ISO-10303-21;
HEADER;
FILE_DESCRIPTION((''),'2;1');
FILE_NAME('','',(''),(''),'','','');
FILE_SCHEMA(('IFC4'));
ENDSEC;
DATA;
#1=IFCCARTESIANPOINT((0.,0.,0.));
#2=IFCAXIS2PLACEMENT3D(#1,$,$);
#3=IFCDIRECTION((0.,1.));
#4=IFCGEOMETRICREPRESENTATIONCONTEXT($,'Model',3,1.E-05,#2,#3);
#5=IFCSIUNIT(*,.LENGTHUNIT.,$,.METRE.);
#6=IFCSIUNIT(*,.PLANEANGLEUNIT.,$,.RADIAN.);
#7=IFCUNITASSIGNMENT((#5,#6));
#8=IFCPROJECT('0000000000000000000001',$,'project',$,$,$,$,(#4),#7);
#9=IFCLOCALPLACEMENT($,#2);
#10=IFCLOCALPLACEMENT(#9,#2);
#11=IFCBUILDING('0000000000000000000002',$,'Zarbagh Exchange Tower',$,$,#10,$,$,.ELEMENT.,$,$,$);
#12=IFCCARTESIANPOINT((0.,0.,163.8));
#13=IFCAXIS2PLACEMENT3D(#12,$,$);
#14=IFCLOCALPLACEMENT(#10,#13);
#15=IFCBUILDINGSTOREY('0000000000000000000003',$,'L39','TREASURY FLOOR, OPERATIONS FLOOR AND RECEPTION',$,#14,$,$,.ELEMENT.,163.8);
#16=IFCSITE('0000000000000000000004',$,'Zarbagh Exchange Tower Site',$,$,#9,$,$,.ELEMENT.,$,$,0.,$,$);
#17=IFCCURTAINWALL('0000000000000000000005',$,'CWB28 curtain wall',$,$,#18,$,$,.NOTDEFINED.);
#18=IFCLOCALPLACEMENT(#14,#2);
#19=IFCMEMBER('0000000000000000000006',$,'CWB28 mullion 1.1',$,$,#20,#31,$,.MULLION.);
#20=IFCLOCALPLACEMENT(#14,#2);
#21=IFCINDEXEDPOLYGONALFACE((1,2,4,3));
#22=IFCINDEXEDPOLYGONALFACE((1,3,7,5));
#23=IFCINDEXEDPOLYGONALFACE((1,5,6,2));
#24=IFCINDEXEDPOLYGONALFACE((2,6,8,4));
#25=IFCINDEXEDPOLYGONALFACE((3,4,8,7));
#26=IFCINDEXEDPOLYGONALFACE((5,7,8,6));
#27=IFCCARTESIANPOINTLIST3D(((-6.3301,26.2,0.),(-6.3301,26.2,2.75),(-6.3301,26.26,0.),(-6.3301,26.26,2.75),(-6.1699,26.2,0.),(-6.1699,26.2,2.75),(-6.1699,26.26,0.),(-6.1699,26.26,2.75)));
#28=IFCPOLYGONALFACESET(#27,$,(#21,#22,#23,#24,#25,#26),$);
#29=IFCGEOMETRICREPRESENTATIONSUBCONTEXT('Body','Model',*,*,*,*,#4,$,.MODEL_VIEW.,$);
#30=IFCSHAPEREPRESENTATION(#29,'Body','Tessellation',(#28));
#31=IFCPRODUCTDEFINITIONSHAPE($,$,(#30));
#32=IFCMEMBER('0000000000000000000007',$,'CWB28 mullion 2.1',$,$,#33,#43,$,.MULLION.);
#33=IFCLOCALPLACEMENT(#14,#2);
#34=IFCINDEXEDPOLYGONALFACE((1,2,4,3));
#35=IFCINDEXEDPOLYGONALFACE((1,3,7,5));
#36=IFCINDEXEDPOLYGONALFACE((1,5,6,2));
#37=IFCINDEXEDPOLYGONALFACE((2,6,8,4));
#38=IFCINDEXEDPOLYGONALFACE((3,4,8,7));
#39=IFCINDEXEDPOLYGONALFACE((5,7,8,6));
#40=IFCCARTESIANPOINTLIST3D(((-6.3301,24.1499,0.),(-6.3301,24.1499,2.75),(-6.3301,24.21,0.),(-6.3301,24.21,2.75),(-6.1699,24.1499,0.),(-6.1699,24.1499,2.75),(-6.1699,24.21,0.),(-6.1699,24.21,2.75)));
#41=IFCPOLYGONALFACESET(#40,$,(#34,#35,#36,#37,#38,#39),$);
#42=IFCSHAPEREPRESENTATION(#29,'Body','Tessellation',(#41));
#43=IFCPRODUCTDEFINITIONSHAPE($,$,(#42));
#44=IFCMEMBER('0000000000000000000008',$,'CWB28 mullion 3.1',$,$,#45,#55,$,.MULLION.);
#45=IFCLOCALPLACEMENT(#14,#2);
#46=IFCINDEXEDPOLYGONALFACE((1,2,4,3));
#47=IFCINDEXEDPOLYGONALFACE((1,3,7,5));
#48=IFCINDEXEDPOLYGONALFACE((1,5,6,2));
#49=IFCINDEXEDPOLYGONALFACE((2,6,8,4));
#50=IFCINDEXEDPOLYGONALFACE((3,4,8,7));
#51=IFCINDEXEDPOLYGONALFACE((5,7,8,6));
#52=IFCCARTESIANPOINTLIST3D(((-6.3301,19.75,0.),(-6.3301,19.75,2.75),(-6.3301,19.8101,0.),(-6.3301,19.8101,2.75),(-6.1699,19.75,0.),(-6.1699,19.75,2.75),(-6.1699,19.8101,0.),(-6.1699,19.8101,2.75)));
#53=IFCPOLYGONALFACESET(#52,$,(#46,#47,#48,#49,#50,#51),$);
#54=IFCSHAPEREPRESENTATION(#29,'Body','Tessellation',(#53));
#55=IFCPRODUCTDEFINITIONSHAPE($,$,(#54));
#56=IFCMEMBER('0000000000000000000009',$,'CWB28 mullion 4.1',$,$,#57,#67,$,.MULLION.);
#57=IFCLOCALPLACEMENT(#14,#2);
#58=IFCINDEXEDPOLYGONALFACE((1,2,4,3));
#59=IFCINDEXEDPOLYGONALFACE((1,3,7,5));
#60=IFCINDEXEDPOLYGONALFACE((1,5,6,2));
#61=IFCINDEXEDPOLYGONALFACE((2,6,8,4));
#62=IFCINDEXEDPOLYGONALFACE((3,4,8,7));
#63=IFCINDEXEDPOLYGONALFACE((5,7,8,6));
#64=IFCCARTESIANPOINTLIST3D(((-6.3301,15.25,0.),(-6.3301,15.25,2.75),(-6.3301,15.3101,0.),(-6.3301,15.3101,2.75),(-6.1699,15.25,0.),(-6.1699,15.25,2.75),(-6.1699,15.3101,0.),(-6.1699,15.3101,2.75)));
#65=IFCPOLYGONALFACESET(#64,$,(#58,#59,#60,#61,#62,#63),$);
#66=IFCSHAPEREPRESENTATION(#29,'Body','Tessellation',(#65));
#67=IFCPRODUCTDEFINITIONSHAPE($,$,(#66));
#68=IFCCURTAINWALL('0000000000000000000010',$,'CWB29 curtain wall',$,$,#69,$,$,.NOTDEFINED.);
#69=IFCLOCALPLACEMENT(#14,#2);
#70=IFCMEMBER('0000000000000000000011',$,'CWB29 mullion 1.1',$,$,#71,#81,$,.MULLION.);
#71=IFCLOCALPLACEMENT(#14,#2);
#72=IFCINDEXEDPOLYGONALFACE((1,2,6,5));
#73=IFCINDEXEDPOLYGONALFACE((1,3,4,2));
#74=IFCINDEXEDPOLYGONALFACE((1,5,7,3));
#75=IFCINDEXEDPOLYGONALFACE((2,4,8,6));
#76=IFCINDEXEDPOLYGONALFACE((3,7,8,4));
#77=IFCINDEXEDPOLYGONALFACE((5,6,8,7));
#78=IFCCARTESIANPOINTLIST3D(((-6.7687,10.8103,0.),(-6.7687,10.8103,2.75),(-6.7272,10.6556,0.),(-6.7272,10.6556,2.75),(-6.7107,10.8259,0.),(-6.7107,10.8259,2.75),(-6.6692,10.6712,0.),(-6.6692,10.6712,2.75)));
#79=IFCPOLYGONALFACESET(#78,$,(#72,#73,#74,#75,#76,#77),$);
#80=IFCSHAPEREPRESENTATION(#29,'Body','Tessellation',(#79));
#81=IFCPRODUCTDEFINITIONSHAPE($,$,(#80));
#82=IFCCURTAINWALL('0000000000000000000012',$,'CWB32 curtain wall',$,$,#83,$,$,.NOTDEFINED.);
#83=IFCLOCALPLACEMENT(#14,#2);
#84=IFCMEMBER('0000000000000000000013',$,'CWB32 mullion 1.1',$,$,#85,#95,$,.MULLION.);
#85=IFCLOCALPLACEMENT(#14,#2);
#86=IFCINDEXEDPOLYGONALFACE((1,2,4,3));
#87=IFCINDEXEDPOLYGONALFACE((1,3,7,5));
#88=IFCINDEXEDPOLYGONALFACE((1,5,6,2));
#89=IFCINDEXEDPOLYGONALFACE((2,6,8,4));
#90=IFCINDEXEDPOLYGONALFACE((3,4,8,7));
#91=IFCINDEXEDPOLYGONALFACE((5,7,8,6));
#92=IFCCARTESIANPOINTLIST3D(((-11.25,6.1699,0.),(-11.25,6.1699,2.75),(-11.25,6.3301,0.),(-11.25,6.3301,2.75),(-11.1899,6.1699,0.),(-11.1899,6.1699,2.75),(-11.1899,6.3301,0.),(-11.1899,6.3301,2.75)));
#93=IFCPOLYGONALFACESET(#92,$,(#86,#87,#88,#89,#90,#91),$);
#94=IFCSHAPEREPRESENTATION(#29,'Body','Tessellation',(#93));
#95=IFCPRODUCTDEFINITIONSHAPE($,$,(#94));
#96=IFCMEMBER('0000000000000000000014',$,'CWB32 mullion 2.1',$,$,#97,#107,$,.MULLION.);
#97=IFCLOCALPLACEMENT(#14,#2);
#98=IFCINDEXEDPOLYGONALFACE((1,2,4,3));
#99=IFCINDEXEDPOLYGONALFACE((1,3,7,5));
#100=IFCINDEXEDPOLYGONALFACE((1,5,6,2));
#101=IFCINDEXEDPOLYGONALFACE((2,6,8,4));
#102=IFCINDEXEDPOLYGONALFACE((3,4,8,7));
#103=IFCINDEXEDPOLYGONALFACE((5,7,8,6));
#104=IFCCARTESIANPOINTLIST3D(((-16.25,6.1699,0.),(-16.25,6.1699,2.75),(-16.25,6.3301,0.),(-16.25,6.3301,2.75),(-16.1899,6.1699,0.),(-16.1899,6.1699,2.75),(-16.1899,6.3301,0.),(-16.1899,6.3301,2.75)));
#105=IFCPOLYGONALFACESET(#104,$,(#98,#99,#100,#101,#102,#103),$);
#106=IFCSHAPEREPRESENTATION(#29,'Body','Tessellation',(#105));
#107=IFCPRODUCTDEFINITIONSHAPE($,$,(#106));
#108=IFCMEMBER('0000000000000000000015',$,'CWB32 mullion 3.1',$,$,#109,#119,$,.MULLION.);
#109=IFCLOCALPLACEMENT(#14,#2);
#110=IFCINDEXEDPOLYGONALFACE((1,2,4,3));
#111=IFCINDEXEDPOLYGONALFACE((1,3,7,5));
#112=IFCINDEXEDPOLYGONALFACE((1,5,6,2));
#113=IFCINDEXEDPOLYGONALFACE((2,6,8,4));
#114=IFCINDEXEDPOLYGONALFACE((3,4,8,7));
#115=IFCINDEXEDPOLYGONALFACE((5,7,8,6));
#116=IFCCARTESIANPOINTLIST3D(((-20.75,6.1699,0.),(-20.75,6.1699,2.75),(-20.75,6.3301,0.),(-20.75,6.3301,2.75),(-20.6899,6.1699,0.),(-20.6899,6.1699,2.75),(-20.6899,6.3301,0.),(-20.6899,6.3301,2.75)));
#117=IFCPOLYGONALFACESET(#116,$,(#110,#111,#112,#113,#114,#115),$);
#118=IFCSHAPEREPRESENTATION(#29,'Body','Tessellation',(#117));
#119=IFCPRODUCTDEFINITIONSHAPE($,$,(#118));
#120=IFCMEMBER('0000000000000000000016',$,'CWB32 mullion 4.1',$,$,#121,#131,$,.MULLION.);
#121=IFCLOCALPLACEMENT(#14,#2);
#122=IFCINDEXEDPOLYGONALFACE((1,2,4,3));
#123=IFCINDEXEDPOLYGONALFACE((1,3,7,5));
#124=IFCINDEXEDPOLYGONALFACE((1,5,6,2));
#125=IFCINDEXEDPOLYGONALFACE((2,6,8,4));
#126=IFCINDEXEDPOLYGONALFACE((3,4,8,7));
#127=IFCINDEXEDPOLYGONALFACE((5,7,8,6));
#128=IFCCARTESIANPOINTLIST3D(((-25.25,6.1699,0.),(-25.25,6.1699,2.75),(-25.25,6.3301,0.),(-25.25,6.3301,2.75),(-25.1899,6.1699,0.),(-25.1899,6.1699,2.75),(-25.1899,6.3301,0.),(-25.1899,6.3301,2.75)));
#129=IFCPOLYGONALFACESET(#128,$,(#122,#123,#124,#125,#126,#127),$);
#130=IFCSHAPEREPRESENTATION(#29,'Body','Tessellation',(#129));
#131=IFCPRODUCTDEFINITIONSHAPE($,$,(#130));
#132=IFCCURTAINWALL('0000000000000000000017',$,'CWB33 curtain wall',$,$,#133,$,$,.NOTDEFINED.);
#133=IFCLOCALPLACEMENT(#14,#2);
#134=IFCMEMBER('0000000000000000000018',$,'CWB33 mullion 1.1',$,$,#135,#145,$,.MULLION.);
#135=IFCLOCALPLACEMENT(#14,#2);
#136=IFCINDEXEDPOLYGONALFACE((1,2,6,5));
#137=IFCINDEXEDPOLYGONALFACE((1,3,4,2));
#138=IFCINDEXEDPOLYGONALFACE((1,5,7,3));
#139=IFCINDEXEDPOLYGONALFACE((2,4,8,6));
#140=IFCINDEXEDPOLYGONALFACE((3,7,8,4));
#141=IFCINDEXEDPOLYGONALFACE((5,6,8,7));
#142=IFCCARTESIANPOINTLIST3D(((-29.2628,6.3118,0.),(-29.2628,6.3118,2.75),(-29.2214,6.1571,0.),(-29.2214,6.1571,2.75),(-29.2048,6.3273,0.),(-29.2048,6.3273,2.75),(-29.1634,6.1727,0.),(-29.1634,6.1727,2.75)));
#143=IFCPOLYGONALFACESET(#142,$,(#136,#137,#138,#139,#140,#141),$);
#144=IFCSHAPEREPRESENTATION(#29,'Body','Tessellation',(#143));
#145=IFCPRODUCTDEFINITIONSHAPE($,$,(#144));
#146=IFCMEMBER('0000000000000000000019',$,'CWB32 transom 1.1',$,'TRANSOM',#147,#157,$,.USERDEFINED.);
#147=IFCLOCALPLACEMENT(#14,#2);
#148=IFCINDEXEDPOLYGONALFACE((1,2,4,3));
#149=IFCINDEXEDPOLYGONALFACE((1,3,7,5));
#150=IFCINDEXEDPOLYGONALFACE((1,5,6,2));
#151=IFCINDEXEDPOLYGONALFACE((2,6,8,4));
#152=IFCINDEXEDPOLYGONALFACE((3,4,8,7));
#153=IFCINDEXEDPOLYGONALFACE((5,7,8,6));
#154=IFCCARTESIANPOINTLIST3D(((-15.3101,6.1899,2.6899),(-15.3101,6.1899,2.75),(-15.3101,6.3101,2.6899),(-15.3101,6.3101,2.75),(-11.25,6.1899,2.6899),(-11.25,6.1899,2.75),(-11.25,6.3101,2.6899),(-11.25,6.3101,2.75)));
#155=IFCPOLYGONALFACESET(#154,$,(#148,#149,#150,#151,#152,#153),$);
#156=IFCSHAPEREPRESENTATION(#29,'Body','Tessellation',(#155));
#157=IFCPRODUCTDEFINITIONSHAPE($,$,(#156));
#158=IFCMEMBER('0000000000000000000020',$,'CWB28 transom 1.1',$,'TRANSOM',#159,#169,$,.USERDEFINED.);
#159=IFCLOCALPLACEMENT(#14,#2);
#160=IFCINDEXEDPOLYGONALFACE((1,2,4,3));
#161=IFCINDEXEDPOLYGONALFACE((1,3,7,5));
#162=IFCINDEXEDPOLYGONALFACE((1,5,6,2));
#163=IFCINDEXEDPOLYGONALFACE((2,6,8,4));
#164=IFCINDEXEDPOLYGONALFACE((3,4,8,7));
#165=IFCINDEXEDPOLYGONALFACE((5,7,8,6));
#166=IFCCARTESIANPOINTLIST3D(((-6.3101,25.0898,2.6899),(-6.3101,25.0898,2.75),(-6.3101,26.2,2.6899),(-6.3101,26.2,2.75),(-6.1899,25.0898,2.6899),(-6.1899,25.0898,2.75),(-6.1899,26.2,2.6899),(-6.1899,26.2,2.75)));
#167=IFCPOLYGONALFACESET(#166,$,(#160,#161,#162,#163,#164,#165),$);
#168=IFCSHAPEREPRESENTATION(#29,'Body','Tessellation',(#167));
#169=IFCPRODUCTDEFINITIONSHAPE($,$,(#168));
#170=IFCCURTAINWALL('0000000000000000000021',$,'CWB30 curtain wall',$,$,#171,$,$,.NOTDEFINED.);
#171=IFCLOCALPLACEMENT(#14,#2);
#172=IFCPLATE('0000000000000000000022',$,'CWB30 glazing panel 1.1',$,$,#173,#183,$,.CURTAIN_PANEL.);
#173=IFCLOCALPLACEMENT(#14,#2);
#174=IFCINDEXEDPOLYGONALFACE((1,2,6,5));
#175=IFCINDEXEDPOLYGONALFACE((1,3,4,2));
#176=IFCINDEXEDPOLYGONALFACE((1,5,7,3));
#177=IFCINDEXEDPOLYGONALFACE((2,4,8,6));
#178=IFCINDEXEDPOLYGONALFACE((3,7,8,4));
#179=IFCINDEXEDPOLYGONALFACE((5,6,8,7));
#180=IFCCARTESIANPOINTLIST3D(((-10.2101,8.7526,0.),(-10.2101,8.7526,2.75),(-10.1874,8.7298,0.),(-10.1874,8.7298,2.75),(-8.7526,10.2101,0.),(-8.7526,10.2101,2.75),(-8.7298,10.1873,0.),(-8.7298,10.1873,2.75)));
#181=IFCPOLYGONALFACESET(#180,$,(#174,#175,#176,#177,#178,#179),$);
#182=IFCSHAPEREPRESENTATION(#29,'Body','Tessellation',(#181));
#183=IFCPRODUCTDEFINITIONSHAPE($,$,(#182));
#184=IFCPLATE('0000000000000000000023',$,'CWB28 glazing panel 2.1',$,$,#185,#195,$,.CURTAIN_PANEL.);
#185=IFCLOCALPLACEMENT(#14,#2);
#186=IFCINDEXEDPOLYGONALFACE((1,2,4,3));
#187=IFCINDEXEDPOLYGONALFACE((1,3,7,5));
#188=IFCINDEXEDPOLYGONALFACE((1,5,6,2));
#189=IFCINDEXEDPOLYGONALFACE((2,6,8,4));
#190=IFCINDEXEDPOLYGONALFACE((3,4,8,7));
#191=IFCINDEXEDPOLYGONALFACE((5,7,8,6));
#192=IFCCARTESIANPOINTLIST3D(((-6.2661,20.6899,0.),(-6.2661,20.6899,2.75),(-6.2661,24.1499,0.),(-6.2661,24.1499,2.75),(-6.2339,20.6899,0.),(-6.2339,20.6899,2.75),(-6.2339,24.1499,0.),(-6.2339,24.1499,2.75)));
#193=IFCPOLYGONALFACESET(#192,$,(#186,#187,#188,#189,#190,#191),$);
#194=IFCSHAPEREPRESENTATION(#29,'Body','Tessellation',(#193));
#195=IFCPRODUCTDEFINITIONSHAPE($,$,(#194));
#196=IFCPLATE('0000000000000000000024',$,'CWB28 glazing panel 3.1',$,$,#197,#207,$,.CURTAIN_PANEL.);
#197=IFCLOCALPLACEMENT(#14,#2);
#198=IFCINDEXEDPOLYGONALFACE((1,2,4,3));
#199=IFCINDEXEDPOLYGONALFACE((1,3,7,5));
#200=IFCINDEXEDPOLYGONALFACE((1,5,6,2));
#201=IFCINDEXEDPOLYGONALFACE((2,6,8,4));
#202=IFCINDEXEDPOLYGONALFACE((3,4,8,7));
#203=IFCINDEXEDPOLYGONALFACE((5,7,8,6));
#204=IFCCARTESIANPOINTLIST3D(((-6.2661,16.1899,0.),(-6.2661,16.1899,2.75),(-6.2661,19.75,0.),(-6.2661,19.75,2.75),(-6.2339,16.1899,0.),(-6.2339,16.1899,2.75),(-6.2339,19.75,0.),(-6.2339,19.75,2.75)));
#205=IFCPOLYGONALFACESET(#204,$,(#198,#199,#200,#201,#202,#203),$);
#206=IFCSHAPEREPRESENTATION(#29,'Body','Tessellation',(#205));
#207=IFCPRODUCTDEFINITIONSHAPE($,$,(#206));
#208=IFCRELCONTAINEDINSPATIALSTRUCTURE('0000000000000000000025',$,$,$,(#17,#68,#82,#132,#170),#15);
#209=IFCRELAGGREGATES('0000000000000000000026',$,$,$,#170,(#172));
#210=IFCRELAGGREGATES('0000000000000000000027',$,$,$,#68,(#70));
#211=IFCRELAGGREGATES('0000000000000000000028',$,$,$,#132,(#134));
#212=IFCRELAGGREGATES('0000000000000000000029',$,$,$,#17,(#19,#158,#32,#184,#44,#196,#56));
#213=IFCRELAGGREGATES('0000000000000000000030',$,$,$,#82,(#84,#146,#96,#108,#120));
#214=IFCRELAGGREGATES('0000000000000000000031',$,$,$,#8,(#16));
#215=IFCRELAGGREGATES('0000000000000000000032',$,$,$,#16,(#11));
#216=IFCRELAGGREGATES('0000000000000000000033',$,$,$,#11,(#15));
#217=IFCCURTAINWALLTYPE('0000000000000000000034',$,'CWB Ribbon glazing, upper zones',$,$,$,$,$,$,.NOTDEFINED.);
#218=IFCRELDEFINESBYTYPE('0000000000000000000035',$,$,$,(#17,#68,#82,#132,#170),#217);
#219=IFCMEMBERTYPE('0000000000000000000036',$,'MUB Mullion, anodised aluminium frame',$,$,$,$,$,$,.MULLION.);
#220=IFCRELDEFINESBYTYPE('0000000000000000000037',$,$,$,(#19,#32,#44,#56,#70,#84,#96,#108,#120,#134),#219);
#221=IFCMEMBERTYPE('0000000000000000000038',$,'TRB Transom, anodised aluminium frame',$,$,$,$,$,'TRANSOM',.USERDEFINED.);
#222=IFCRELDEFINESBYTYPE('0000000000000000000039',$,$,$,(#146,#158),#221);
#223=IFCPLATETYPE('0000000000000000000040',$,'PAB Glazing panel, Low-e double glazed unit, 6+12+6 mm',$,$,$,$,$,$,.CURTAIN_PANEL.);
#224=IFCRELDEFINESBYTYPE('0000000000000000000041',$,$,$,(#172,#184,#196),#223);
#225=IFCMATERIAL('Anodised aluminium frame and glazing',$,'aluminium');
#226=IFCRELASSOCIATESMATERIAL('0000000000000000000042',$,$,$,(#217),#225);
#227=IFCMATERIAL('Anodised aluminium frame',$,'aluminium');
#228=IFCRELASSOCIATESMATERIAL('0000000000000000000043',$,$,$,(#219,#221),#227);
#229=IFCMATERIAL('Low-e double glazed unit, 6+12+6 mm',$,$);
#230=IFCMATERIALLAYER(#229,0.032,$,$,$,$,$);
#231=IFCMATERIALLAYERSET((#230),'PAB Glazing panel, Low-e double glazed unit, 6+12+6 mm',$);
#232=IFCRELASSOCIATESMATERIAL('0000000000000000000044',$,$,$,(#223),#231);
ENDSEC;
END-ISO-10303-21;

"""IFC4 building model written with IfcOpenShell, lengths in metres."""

from ifc_helpers import new_model, si_unit, direction, frame, origin, place, context, subcontext, project, spatial, polyline, outline, extrude, source, transform, mapped, material, layer, layer_set, type_object, element, aggregate, save


model = new_model("IFC4")

# Units and contexts
model_context = context("Model", 3, precision=1e-05, world=origin(), true_north=direction((0.0, 1.0)))
body_context = subcontext(model_context, "Body", "Model", "MODEL_VIEW")
ifc_project = project(units=[si_unit("LENGTHUNIT", "METRE"), si_unit("PLANEANGLEUNIT", "RADIAN")], contexts=[model_context])

# Site, building, storey
site_placement = place(None, origin())
site = spatial("IfcSite", under=ifc_project, at=site_placement, Name="Zarbagh Exchange Tower Site", CompositionType="ELEMENT", RefElevation=0.0)
building_placement = place(site_placement, origin())
building = spatial("IfcBuilding", under=site, at=building_placement, Name="Zarbagh Exchange Tower", CompositionType="ELEMENT")
storey_placement = place(building_placement, frame((0.0, 0.0, 163.8)))
storey = spatial("IfcBuildingStorey", under=building, at=storey_placement, Name="L39", Description="TREASURY FLOOR, OPERATIONS FLOOR AND RECEPTION", CompositionType="ELEMENT", Elevation=163.8)

# Curtain wall, members
ifc_material_1 = material(Name="Anodised aluminium frame and glazing", Category="aluminium")
curtain_wall_type = type_object("IfcCurtainWallType", Name="CWB Ribbon glazing, upper zones", PredefinedType="NOTDEFINED", material=ifc_material_1)
curtain_wall_1_placement = place(storey_placement, origin())
curtain_wall_1 = element("IfcCurtainWall", 1, at=curtain_wall_1_placement, inside=storey, type_object=curtain_wall_type, Name="CWB28 curtain wall", PredefinedType="NOTDEFINED")
ifc_material_2 = material(Name="Anodised aluminium frame", Category="aluminium")
member_type_1 = type_object("IfcMemberType", Name="MUB Mullion, anodised aluminium frame", PredefinedType="MULLION", material=ifc_material_2)
shared_shape_1 = source(origin(), body_context, "Body", "SweptSolid", [
    extrude(outline(polyline([(0.0, -0.0801), (0.0601, -0.0801), (0.0601, 0.0801), (0.0, 0.0801), (0.0, -0.0801)])), origin(), (0.0, 0.0, 1.0), 2.75),
])
placement = place(storey_placement, origin())
member_1 = element("IfcMember", 2, at=placement, type_object=member_type_1, Name="CWB28 mullion 1.1", PredefinedType="MULLION", context=body_context, shape_type="MappedRepresentation", body=[
    mapped(shared_shape_1, transform((-6.25, 26.26, 0.0), x_axis=(0.0, -1.0, 0.0), y_axis=(1.0, 0.0, 0.0), z_axis=(0.0, 0.0, 1.0))),
])
member_2 = element("IfcMember", 3, at=placement, type_object=member_type_1, Name="CWB28 mullion 2.1", PredefinedType="MULLION", context=body_context, shape_type="MappedRepresentation", body=[
    mapped(shared_shape_1, transform((-6.25, 24.21, 0.0), x_axis=(0.0, -1.0, 0.0), y_axis=(1.0, 0.0, 0.0), z_axis=(0.0, 0.0, 1.0))),
])
member_3 = element("IfcMember", 4, at=placement, type_object=member_type_1, Name="CWB28 mullion 3.1", PredefinedType="MULLION", context=body_context, shape_type="MappedRepresentation", body=[
    mapped(shared_shape_1, transform((-6.25, 19.8101, 0.0), x_axis=(0.0, -1.0, 0.0), y_axis=(1.0, 0.0, 0.0), z_axis=(0.0, 0.0, 1.0))),
])
member_4 = element("IfcMember", 5, at=placement, type_object=member_type_1, Name="CWB28 mullion 4.1", PredefinedType="MULLION", context=body_context, shape_type="MappedRepresentation", body=[
    mapped(shared_shape_1, transform((-6.25, 15.3101, 0.0), x_axis=(0.0, -1.0, 0.0), y_axis=(1.0, 0.0, 0.0), z_axis=(0.0, 0.0, 1.0))),
])

# Curtain wall, member
curtain_wall_2_placement = place(storey_placement, origin())
curtain_wall_2 = element("IfcCurtainWall", 6, at=curtain_wall_2_placement, inside=storey, type_object=curtain_wall_type, Name="CWB29 curtain wall", PredefinedType="NOTDEFINED")
member_5 = element("IfcMember", 7, at=placement, type_object=member_type_1, Name="CWB29 mullion 1.1", PredefinedType="MULLION", context=body_context, shape_type="MappedRepresentation", body=[
    mapped(shared_shape_1, transform((-6.6899, 10.7485, 0.0), x_axis=(-0.965924, -0.258825, 0.0), y_axis=(0.258825, -0.965924, 0.0), z_axis=(0.0, 0.0, 1.0))),
])

# Curtain wall, members
curtain_wall_3_placement = place(storey_placement, origin())
curtain_wall_3 = element("IfcCurtainWall", 8, at=curtain_wall_3_placement, inside=storey, type_object=curtain_wall_type, Name="CWB32 curtain wall", PredefinedType="NOTDEFINED")
member_6 = element("IfcMember", 9, at=placement, type_object=member_type_1, Name="CWB32 mullion 1.1", PredefinedType="MULLION", context=body_context, shape_type="MappedRepresentation", body=[
    mapped(shared_shape_1, transform((-11.1899, 6.25, 0.0), x_axis=(-1.0, 0.0, 0.0), y_axis=(0.0, -1.0, 0.0), z_axis=(0.0, 0.0, 1.0))),
])
member_7 = element("IfcMember", 10, at=placement, type_object=member_type_1, Name="CWB32 mullion 2.1", PredefinedType="MULLION", context=body_context, shape_type="MappedRepresentation", body=[
    mapped(shared_shape_1, transform((-16.1899, 6.25, 0.0), x_axis=(-1.0, 0.0, 0.0), y_axis=(0.0, -1.0, 0.0), z_axis=(0.0, 0.0, 1.0))),
])
member_8 = element("IfcMember", 11, at=placement, type_object=member_type_1, Name="CWB32 mullion 3.1", PredefinedType="MULLION", context=body_context, shape_type="MappedRepresentation", body=[
    mapped(shared_shape_1, transform((-20.6899, 6.25, 0.0), x_axis=(-1.0, 0.0, 0.0), y_axis=(0.0, -1.0, 0.0), z_axis=(0.0, 0.0, 1.0))),
])
member_9 = element("IfcMember", 12, at=placement, type_object=member_type_1, Name="CWB32 mullion 4.1", PredefinedType="MULLION", context=body_context, shape_type="MappedRepresentation", body=[
    mapped(shared_shape_1, transform((-25.1899, 6.25, 0.0), x_axis=(-1.0, 0.0, 0.0), y_axis=(0.0, -1.0, 0.0), z_axis=(0.0, 0.0, 1.0))),
])

# Curtain wall, member
curtain_wall_4_placement = place(storey_placement, origin())
curtain_wall_4 = element("IfcCurtainWall", 13, at=curtain_wall_4_placement, inside=storey, type_object=curtain_wall_type, Name="CWB33 curtain wall", PredefinedType="NOTDEFINED")
member_10 = element("IfcMember", 14, at=placement, type_object=member_type_1, Name="CWB33 mullion 1.1", PredefinedType="MULLION", context=body_context, shape_type="MappedRepresentation", body=[
    mapped(shared_shape_1, transform((-29.1841, 6.25, 0.0), x_axis=(-0.965924, -0.258825, 0.0), y_axis=(0.258825, -0.965924, 0.0), z_axis=(0.0, 0.0, 1.0))),
])

# Members
member_type_2 = type_object("IfcMemberType", Name="TRB Transom, anodised aluminium frame", ElementType="TRANSOM", PredefinedType="USERDEFINED", material=ifc_material_2)
shared_shape_2 = source(origin(), body_context, "Body", "SweptSolid", [
    extrude(outline(polyline([(-0.0601, -0.0601), (0.0, -0.0601), (0.0, 0.0601), (-0.0601, 0.0601), (-0.0601, -0.0601)])), origin(), (0.0, 0.0, 1.0), 4.0601),
])
member_11 = element("IfcMember", 15, at=placement, type_object=member_type_2, Name="CWB32 transom 1.1", ObjectType="TRANSOM", PredefinedType="USERDEFINED", context=body_context, shape_type="MappedRepresentation", body=[
    mapped(shared_shape_2, transform((-11.25, 6.25, 2.75), x_axis=(0.0, 0.0, 1.0), y_axis=(0.0, 1.0, 0.0), z_axis=(-1.0, 0.0, 0.0))),
])
shared_shape_3 = source(origin(), body_context, "Body", "SweptSolid", [
    extrude(outline(polyline([(-0.0601, -0.0601), (0.0, -0.0601), (0.0, 0.0601), (-0.0601, 0.0601), (-0.0601, -0.0601)])), origin(), (0.0, 0.0, 1.0), 1.1101),
])
member_12 = element("IfcMember", 16, at=placement, type_object=member_type_2, Name="CWB28 transom 1.1", ObjectType="TRANSOM", PredefinedType="USERDEFINED", context=body_context, shape_type="MappedRepresentation", body=[
    mapped(shared_shape_3, transform((-6.25, 26.2, 2.75), x_axis=(0.0, 0.0, 1.0), y_axis=(-1.0, 0.0, 0.0), z_axis=(0.0, -1.0, 0.0))),
])

# Curtain wall, plate
curtain_wall_5_placement = place(storey_placement, origin())
curtain_wall_5 = element("IfcCurtainWall", 17, at=curtain_wall_5_placement, inside=storey, type_object=curtain_wall_type, Name="CWB30 curtain wall", PredefinedType="NOTDEFINED")
ifc_material_3 = material(Name="Low-e double glazed unit, 6+12+6 mm")
ifc_layer = layer(ifc_material_3, 0.032)
ifc_layer_set = layer_set([ifc_layer], Name="PAB Glazing panel, Low-e double glazed unit, 6+12+6 mm")
plate_type = type_object("IfcPlateType", Name="PAB Glazing panel, Low-e double glazed unit, 6+12+6 mm", PredefinedType="CURTAIN_PANEL", material=ifc_layer_set)
shared_shape_4 = source(origin(), body_context, "Body", "SweptSolid", [
    extrude(outline(polyline([(0.0, -0.0161), (2.0613, -0.0161), (2.0613, 0.0161), (0.0, 0.0161), (0.0, -0.0161)])), origin(), (0.0, 0.0, 1.0), 2.75),
])
plate_1 = element("IfcPlate", 18, at=placement, type_object=plate_type, Name="CWB30 glazing panel 1.1", PredefinedType="CURTAIN_PANEL", context=body_context, shape_type="MappedRepresentation", body=[
    mapped(shared_shape_4, transform((-8.7412, 10.1987, 0.0), x_axis=(-0.707107, -0.707107, 0.0), y_axis=(0.707107, -0.707107, 0.0), z_axis=(0.0, 0.0, 1.0))),
])
aggregate(curtain_wall_5, [plate_1])

# Plates
shared_shape_5 = source(origin(), body_context, "Body", "SweptSolid", [
    extrude(outline(polyline([(0.0, -0.0161), (3.46, -0.0161), (3.46, 0.0161), (0.0, 0.0161), (0.0, -0.0161)])), origin(), (0.0, 0.0, 1.0), 2.75),
])
plate_2 = element("IfcPlate", 19, at=placement, type_object=plate_type, Name="CWB28 glazing panel 2.1", PredefinedType="CURTAIN_PANEL", context=body_context, shape_type="MappedRepresentation", body=[
    mapped(shared_shape_5, transform((-6.25, 24.1499, 0.0), x_axis=(0.0, -1.0, 0.0), y_axis=(1.0, 0.0, 0.0), z_axis=(0.0, 0.0, 1.0))),
])
shared_shape_6 = source(origin(), body_context, "Body", "SweptSolid", [
    extrude(outline(polyline([(0.0, -0.0161), (3.5601, -0.0161), (3.5601, 0.0161), (0.0, 0.0161), (0.0, -0.0161)])), origin(), (0.0, 0.0, 1.0), 2.75),
])
plate_3 = element("IfcPlate", 20, at=placement, type_object=plate_type, Name="CWB28 glazing panel 3.1", PredefinedType="CURTAIN_PANEL", context=body_context, shape_type="MappedRepresentation", body=[
    mapped(shared_shape_6, transform((-6.25, 19.75, 0.0), x_axis=(0.0, -1.0, 0.0), y_axis=(1.0, 0.0, 0.0), z_axis=(0.0, 0.0, 1.0))),
])
aggregate(curtain_wall_2, [member_5])

aggregate(curtain_wall_4, [member_10])
aggregate(curtain_wall_1, [member_1, member_12, member_2, plate_2, member_3, plate_3, member_4])
aggregate(curtain_wall_3, [member_6, member_11, member_7, member_8, member_9])

save(model, "model.ifc")
